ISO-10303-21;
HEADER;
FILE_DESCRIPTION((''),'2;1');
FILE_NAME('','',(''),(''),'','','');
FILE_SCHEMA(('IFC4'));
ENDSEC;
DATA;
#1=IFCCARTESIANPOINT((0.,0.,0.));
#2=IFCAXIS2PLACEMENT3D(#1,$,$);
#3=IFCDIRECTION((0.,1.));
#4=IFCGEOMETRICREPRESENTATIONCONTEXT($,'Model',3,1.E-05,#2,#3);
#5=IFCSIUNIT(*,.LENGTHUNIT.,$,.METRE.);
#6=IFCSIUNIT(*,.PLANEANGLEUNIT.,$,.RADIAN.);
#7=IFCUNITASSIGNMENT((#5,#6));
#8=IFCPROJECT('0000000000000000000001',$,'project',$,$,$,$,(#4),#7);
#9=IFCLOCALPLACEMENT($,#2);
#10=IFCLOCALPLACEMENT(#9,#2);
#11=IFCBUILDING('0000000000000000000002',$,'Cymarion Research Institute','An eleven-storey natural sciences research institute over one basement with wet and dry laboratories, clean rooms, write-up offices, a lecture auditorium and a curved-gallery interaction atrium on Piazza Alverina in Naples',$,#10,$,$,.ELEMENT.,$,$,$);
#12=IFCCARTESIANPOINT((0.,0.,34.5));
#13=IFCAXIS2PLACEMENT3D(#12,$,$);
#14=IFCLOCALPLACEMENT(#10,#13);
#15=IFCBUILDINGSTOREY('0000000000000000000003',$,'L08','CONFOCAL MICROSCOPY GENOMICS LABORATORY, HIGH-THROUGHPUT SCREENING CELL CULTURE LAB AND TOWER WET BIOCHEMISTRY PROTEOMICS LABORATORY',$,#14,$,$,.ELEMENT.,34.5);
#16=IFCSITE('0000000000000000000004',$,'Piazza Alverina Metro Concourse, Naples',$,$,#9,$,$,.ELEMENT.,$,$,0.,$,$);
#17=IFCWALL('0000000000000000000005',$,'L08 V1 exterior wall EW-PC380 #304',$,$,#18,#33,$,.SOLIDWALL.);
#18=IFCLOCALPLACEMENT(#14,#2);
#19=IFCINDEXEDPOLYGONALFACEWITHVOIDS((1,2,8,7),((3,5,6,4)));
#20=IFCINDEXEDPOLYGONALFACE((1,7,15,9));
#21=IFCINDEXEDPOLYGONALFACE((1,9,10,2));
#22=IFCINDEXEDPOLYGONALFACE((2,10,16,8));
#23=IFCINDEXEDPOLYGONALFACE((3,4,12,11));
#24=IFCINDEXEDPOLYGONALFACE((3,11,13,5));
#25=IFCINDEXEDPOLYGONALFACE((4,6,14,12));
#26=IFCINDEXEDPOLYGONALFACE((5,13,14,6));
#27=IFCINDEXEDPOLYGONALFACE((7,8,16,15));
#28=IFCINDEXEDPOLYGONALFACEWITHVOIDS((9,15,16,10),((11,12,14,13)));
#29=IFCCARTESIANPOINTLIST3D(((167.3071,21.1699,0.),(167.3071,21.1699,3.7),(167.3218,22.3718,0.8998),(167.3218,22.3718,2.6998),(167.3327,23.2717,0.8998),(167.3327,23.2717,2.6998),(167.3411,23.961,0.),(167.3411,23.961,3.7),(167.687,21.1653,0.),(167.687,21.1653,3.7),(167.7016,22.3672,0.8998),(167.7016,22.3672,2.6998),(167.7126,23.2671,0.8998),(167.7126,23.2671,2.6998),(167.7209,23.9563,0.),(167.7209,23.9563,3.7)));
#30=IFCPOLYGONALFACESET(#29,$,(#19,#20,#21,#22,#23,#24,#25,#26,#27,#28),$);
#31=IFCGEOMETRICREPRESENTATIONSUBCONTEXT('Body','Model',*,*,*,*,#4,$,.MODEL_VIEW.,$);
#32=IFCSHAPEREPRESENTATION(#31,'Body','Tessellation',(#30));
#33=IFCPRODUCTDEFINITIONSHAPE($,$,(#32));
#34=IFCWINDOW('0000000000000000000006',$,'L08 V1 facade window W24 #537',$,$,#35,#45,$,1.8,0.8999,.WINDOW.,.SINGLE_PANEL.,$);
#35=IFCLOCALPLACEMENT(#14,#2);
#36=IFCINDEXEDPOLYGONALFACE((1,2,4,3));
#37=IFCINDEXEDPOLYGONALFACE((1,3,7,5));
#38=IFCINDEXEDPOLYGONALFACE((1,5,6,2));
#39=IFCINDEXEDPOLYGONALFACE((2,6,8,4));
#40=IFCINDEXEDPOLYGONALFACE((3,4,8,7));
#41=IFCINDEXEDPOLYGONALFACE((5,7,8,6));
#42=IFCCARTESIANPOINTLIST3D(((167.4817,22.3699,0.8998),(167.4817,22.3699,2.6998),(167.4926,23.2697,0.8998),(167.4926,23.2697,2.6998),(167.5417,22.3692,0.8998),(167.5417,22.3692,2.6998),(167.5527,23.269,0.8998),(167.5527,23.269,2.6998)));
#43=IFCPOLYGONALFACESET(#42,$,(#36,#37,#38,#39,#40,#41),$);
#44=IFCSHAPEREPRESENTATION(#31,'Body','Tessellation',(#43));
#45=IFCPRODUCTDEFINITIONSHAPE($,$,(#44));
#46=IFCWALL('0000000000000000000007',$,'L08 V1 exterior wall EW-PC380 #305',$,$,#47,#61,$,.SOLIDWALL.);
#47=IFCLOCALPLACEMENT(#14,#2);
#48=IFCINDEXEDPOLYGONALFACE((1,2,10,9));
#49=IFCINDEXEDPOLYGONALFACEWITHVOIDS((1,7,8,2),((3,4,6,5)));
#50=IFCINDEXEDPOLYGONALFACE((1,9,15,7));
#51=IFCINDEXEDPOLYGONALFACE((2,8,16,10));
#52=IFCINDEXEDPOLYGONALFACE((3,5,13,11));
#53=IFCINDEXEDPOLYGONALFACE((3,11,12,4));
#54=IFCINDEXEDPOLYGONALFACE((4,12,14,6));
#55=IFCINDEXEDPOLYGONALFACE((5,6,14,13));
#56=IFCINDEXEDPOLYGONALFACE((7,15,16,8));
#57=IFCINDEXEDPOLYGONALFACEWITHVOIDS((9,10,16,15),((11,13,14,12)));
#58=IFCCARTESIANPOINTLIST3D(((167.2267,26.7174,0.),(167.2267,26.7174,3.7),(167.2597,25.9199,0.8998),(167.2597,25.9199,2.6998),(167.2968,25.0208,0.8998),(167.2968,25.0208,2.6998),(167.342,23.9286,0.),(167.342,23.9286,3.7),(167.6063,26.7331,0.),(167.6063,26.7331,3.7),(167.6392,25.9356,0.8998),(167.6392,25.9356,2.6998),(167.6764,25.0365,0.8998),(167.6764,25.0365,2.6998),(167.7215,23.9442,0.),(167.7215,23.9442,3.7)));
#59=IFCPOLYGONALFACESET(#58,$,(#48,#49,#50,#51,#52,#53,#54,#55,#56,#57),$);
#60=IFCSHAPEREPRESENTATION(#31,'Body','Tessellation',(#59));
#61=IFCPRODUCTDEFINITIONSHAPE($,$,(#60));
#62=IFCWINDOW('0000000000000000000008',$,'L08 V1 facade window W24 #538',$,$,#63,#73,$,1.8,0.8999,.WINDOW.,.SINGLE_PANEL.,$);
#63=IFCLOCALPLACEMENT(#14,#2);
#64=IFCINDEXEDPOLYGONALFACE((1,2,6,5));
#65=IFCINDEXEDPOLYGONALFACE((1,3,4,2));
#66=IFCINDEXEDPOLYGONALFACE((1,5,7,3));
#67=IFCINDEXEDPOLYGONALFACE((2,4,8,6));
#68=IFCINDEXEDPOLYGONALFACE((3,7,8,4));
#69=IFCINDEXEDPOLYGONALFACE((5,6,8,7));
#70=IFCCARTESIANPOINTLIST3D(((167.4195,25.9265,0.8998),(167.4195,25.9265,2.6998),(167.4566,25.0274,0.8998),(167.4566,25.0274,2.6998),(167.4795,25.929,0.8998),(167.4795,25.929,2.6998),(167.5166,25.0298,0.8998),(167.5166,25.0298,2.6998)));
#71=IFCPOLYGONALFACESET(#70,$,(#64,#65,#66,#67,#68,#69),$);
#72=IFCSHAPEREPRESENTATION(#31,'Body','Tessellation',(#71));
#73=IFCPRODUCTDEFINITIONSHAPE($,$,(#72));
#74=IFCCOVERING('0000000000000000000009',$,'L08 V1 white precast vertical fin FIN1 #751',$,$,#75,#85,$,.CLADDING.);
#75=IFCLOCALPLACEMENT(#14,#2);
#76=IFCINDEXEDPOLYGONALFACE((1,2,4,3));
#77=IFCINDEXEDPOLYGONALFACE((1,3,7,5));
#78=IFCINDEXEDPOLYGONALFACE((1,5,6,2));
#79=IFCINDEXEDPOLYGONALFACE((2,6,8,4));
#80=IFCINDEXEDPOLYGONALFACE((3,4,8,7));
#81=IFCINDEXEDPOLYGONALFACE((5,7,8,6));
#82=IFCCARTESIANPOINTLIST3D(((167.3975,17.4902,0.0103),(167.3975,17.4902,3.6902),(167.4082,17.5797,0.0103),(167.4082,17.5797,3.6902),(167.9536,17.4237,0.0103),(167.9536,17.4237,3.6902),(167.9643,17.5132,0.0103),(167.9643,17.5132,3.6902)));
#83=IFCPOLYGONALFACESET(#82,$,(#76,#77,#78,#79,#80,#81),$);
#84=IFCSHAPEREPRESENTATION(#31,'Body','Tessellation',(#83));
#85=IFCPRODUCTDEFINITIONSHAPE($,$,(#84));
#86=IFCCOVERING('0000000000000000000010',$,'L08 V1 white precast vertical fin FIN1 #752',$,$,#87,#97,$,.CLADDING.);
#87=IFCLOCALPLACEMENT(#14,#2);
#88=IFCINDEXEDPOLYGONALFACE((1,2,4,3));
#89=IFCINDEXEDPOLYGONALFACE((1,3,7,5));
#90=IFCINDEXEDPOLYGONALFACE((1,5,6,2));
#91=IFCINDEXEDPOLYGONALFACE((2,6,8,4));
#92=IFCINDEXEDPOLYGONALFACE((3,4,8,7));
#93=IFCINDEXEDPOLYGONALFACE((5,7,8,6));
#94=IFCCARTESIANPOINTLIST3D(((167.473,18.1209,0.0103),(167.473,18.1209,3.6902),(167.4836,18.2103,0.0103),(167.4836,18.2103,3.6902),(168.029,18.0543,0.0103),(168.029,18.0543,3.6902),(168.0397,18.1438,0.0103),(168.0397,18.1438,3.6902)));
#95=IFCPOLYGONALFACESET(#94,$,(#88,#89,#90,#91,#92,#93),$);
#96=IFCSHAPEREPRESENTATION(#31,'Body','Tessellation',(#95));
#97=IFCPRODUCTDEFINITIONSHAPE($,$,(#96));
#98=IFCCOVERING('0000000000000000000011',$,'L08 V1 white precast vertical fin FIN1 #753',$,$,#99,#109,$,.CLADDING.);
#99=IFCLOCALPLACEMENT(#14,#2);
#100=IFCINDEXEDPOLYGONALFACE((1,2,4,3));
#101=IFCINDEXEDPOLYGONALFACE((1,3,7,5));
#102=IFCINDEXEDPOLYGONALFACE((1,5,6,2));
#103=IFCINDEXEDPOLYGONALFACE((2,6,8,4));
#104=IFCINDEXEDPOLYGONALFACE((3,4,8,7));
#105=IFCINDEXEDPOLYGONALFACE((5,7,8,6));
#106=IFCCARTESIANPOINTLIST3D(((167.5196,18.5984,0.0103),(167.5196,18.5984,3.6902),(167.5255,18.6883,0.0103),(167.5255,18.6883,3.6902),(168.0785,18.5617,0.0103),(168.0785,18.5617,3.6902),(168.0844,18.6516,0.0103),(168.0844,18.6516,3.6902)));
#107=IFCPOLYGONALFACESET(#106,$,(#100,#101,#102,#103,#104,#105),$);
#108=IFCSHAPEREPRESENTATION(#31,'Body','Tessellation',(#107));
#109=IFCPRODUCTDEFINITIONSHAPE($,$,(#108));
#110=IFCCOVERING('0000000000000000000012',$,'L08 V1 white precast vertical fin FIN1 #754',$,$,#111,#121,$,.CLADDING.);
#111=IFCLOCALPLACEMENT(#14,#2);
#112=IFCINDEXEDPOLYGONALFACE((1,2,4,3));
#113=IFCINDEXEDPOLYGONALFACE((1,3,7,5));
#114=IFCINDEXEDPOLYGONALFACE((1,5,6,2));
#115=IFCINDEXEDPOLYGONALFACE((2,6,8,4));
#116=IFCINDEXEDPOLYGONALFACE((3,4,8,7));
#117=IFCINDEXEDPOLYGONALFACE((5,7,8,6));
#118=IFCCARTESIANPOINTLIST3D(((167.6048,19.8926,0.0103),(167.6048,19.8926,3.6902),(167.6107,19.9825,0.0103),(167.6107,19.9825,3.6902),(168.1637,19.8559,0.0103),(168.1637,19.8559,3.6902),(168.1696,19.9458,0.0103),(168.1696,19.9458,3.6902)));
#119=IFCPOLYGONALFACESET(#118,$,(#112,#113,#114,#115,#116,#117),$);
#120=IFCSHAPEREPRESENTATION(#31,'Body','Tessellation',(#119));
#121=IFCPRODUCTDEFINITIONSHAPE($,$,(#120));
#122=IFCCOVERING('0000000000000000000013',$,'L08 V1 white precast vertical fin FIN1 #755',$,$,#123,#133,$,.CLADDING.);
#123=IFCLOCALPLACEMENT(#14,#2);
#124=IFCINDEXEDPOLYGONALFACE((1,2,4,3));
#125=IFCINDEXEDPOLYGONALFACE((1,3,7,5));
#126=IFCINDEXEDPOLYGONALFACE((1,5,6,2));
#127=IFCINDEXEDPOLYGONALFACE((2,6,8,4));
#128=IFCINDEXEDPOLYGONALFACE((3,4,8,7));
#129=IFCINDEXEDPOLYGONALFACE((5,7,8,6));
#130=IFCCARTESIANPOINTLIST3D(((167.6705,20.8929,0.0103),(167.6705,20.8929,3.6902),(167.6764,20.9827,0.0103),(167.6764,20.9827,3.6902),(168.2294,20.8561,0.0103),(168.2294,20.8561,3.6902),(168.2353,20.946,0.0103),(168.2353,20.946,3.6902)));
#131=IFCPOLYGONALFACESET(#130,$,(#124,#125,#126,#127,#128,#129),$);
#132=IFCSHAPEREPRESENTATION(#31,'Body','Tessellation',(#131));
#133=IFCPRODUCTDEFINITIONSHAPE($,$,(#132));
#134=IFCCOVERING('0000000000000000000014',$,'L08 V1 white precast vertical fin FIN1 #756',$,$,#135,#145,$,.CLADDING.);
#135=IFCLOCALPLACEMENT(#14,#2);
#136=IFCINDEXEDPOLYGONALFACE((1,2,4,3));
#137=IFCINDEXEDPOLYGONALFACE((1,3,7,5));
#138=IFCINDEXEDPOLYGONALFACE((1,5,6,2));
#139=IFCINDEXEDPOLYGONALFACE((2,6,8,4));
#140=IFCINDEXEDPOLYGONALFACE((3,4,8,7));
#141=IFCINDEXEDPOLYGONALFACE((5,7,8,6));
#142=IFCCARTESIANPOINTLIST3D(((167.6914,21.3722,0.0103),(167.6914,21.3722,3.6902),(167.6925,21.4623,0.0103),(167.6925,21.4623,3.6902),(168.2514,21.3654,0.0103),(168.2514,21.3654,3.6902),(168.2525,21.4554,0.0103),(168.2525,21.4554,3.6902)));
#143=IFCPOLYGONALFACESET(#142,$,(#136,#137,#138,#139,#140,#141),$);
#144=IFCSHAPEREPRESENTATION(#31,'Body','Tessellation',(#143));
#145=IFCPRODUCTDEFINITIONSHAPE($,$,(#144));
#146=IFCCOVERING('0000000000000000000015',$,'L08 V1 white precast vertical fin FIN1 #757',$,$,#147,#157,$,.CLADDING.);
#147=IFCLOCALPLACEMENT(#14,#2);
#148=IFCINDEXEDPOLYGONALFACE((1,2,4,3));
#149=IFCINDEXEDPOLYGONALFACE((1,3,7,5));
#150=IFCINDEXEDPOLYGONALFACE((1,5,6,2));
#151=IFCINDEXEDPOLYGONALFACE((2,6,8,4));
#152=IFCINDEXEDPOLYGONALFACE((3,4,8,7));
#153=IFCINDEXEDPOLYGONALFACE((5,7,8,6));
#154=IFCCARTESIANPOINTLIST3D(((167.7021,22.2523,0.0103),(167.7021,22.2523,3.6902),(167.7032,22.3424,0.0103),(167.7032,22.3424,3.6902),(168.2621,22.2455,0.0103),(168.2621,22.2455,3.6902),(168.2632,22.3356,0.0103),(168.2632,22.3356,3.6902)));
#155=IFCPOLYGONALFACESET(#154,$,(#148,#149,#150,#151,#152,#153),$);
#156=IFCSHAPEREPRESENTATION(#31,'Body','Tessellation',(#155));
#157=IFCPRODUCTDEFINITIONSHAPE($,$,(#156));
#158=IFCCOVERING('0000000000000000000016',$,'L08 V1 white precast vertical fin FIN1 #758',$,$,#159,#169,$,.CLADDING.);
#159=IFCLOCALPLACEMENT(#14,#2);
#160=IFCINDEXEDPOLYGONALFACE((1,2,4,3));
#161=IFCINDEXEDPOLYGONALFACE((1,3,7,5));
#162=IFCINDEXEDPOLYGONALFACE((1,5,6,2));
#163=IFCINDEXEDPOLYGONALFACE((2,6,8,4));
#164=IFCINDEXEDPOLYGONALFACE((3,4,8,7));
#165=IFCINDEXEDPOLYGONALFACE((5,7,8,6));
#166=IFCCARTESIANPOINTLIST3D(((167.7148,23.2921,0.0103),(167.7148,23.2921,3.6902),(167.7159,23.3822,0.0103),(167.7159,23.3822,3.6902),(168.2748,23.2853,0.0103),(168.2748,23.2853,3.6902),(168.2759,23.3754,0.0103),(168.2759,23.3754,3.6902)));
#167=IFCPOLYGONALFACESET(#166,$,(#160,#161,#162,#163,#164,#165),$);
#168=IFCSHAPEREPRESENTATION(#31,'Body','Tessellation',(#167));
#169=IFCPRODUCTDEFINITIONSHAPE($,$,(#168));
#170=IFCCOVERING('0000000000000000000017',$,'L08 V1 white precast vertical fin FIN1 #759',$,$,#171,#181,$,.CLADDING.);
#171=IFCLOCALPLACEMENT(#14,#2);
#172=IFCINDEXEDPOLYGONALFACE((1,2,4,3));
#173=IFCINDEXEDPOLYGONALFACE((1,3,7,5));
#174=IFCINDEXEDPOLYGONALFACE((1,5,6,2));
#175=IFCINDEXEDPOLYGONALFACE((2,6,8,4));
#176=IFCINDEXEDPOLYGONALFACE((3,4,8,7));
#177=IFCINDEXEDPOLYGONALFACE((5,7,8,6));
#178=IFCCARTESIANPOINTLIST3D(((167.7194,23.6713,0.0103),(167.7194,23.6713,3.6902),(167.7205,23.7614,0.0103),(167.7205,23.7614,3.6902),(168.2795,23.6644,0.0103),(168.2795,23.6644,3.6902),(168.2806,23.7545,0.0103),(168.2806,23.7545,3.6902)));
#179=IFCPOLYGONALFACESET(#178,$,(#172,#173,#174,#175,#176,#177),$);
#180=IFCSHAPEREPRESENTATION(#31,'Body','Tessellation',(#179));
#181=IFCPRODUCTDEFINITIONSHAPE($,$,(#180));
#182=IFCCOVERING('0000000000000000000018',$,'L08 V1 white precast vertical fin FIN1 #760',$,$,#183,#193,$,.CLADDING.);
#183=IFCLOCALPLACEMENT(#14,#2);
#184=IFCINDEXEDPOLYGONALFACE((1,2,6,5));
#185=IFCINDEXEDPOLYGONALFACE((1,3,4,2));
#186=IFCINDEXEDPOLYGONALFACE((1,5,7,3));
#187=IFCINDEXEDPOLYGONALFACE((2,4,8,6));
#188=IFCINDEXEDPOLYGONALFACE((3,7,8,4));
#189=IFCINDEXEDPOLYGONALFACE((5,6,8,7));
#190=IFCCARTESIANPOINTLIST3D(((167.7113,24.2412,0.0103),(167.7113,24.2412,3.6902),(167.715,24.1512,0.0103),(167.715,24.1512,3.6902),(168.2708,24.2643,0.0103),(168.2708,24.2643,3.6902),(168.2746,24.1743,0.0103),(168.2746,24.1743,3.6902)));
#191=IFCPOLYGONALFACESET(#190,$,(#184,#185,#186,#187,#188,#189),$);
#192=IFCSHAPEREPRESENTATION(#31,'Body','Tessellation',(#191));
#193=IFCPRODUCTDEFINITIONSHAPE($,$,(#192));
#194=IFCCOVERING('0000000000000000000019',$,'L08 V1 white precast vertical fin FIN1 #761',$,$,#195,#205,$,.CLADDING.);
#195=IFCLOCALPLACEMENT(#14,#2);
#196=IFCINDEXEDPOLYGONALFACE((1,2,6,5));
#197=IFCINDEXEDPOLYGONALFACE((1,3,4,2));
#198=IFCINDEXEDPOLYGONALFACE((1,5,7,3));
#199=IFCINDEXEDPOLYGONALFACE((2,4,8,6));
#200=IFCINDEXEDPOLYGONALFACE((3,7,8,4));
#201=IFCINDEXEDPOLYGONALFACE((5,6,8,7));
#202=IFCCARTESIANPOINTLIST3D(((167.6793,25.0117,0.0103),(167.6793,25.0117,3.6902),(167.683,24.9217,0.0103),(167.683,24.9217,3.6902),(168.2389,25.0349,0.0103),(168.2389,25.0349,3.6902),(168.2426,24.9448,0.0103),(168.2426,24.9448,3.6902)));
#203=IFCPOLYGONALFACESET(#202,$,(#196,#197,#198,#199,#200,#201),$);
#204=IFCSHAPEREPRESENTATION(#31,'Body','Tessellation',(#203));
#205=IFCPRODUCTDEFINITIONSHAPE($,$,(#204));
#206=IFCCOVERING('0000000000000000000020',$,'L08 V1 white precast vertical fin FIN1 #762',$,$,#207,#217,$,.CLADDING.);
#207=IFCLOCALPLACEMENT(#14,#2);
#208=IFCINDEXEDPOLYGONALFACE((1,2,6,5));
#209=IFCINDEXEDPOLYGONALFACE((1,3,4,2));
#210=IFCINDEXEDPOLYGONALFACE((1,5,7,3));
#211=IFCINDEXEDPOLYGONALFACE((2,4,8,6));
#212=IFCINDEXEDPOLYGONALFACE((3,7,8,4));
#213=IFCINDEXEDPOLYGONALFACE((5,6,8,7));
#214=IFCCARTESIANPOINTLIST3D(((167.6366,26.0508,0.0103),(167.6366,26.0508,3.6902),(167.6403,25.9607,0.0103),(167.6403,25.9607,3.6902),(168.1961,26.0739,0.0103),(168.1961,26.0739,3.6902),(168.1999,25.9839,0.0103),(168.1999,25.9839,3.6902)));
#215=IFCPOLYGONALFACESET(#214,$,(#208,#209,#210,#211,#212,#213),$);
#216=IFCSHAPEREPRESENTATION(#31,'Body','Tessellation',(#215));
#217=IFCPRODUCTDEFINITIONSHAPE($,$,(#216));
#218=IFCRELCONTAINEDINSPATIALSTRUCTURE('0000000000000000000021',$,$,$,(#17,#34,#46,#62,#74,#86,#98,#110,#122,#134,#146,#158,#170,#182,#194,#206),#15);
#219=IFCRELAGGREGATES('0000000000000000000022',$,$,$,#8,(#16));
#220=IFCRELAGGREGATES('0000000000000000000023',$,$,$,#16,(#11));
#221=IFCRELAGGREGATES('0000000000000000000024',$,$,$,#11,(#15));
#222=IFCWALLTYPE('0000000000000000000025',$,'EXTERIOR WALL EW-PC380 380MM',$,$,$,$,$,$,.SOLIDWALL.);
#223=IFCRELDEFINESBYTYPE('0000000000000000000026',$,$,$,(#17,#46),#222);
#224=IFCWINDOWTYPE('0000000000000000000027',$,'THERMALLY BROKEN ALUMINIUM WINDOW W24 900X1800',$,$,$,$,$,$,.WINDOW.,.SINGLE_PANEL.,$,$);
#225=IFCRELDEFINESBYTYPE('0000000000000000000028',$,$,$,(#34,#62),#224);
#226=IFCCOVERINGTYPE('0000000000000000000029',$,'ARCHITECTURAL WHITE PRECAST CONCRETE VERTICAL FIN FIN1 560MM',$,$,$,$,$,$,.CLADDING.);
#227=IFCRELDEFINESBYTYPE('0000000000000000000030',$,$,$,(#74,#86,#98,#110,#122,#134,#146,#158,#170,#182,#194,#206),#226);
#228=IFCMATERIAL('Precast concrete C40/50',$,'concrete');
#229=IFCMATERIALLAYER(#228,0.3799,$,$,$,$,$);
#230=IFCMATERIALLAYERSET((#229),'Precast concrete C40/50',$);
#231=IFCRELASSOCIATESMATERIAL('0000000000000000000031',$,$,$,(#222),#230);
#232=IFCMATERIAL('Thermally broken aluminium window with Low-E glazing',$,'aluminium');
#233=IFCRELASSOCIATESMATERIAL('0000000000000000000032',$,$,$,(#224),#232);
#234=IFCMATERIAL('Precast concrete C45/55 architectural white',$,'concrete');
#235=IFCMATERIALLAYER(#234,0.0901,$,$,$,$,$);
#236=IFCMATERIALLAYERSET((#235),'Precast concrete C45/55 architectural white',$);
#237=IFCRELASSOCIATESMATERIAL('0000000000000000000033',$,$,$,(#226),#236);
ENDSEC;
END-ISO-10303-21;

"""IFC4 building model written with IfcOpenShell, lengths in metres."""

from ifc_helpers import new_model, si_unit, direction, frame, frame_2d, origin, origin_2d, place, context, subcontext, project, spatial, rectangle, extrude, material, layer, layer_set, type_object, element, fill, save


model = new_model("IFC4")

# Units and contexts
model_context = context("Model", 3, precision=1e-05, world=origin(), true_north=direction((0.0, 1.0)))
body_context = subcontext(model_context, "Body", "Model", "MODEL_VIEW")
ifc_project = project(units=[si_unit("LENGTHUNIT", "METRE"), si_unit("PLANEANGLEUNIT", "RADIAN")], contexts=[model_context])

# Site, building, storey
site_placement = place(None, origin())
site = spatial("IfcSite", under=ifc_project, at=site_placement, Name="Piazza Alverina Metro Concourse, Naples", CompositionType="ELEMENT", RefElevation=0.0)
building_placement = place(site_placement, origin())
building = spatial("IfcBuilding", under=site, at=building_placement, Name="Cymarion Research Institute", Description="An eleven-storey natural sciences research institute over one basement with wet and dry laboratories, clean rooms, write-up offices, a lecture auditorium and a curved-gallery interaction atrium on Piazza Alverina in Naples", CompositionType="ELEMENT")
storey_placement = place(building_placement, frame((0.0, 0.0, 34.5)))
storey = spatial("IfcBuildingStorey", under=building, at=storey_placement, Name="L08", Description="CONFOCAL MICROSCOPY GENOMICS LABORATORY, HIGH-THROUGHPUT SCREENING CELL CULTURE LAB AND TOWER WET BIOCHEMISTRY PROTEOMICS LABORATORY", CompositionType="ELEMENT", Elevation=34.5)

# Walls, openings, windows
ifc_material_1 = material(Name="Precast concrete C40/50", Category="concrete")
ifc_layer_1 = layer(ifc_material_1, 0.3799)
ifc_layer_set_1 = layer_set([ifc_layer_1], Name="Precast concrete C40/50")
wall_type = type_object("IfcWallType", Name="EXTERIOR WALL EW-PC380 380MM", PredefinedType="SOLIDWALL", material=ifc_layer_set_1)
ifc_material_2 = material(Name="Thermally broken aluminium window with Low-E glazing", Category="aluminium")
window_type = type_object("IfcWindowType", Name="THERMALLY BROKEN ALUMINIUM WINDOW W24 900X1800", PartitioningType="SINGLE_PANEL", PredefinedType="WINDOW", material=ifc_material_2)
wall_1_placement = place(storey_placement, frame((167.4971, 21.1677, 0.0), z_axis=(0.0, 0.0, 1.0), x_axis=(0.012158, 0.999926, 0.0)))
wall_1 = element("IfcWall", 1, at=wall_1_placement, inside=storey, type_object=wall_type, Name="L08 V1 exterior wall EW-PC380 #304", PredefinedType="SOLIDWALL", context=body_context, shape_type="SweptSolid", body=[
    extrude(rectangle(XDim=2.7913, YDim=0.3799, at=frame_2d((1.3955, 0.0))), origin(), (0.0, 0.0, 1.0), 3.7),
])
opening_1_placement = place(wall_1_placement, frame((1.2019, 0.0, 0.8999)))
opening_1 = element("IfcOpeningElement", 2, at=opening_1_placement, cuts=wall_1, PredefinedType="OPENING", context=body_context, shape_type="SweptSolid", body=[
    extrude(rectangle(XDim=0.8999, YDim=1.8, at=frame_2d((0.45, 0.8999))), frame((0.0, 0.2, 0.0), z_axis=(0.0, -1.0, 0.0), x_axis=(1.0, 0.0, 0.0)), (0.0, 0.0, 1.0), 0.3999),
])
window_1_placement = place(opening_1_placement, origin())
window_1 = element("IfcWindow", 3, at=window_1_placement, inside=storey, type_object=window_type, Name="L08 V1 facade window W24 #537", OverallHeight=1.8, OverallWidth=0.8999, PartitioningType="SINGLE_PANEL", PredefinedType="WINDOW", context=body_context, shape_type="SweptSolid", body=[
    extrude(rectangle(XDim=0.8999, YDim=1.8, at=frame_2d((0.45, 0.8999))), frame((0.0, 0.03, 0.0), z_axis=(0.0, -1.0, 0.0), x_axis=(1.0, 0.0, 0.0)), (0.0, 0.0, 1.0), 0.0601),
])
fill(opening_1, window_1)
wall_2_placement = place(storey_placement, frame((167.5317, 23.9365, 0.0), z_axis=(0.0, 0.0, 1.0), x_axis=(-0.041285, 0.999147, 0.0)))
wall_2 = element("IfcWall", 4, at=wall_2_placement, inside=storey, type_object=wall_type, Name="L08 V1 exterior wall EW-PC380 #305", PredefinedType="SOLIDWALL", context=body_context, shape_type="SweptSolid", body=[
    extrude(rectangle(XDim=2.7913, YDim=0.3799, at=frame_2d((1.3955, 0.0))), origin(), (0.0, 0.0, 1.0), 3.7),
])
opening_2_placement = place(wall_2_placement, frame((1.093, 0.0, 0.8999)))
opening_2 = element("IfcOpeningElement", 5, at=opening_2_placement, cuts=wall_2, PredefinedType="OPENING", context=body_context, shape_type="SweptSolid", body=[
    extrude(rectangle(XDim=0.8999, YDim=1.8, at=frame_2d((0.45, 0.8999))), frame((0.0, 0.2, 0.0), z_axis=(0.0, -1.0, 0.0), x_axis=(1.0, 0.0, 0.0)), (0.0, 0.0, 1.0), 0.3999),
])
window_2_placement = place(opening_2_placement, origin())
window_2 = element("IfcWindow", 6, at=window_2_placement, inside=storey, type_object=window_type, Name="L08 V1 facade window W24 #538", OverallHeight=1.8, OverallWidth=0.8999, PartitioningType="SINGLE_PANEL", PredefinedType="WINDOW", context=body_context, shape_type="SweptSolid", body=[
    extrude(rectangle(XDim=0.8999, YDim=1.8, at=frame_2d((0.45, 0.8999))), frame((0.0, 0.03, 0.0), z_axis=(0.0, -1.0, 0.0), x_axis=(1.0, 0.0, 0.0)), (0.0, 0.0, 1.0), 0.0601),
])
fill(opening_2, window_2)

# Coverings
ifc_material_3 = material(Name="Precast concrete C45/55 architectural white", Category="concrete")
ifc_layer_2 = layer(ifc_material_3, 0.0901)
ifc_layer_set_2 = layer_set([ifc_layer_2], Name="Precast concrete C45/55 architectural white")
covering_type = type_object("IfcCoveringType", Name="ARCHITECTURAL WHITE PRECAST CONCRETE VERTICAL FIN FIN1 560MM", PredefinedType="CLADDING", material=ifc_layer_set_2)
for number, where, z_axis, x_axis, name in (
    (7, (167.6809, 17.5017, 0.0103), (0.0, 0.0, 1.0), (0.992924, -0.118751, 0.0), "L08 V1 white precast vertical fin FIN1 #751"),
    (8, (167.7563, 18.1323, 0.0103), (0.0, 0.0, 1.0), (0.992924, -0.118751, 0.0), "L08 V1 white precast vertical fin FIN1 #752"),
    (9, (167.802, 18.625, 0.0103), (0.0, 0.0, 1.0), (0.997847, -0.065577, 0.0), "L08 V1 white precast vertical fin FIN1 #753"),
    (10, (167.8872, 19.9192, 0.0103), (0.0, 0.0, 1.0), (0.997847, -0.065577, 0.0), "L08 V1 white precast vertical fin FIN1 #754"),
    (11, (167.9529, 20.9194, 0.0103), (0.0, 0.0, 1.0), (0.997847, -0.065577, 0.0), "L08 V1 white precast vertical fin FIN1 #755"),
    (12, (167.9719, 21.4138, 0.0103), (0.0, 0.0, 1.0), (0.999925, -0.012217, 0.0), "L08 V1 white precast vertical fin FIN1 #756"),
    (13, (167.9827, 22.2939, 0.0103), (0.0, 0.0, 1.0), (0.999925, -0.012217, 0.0), "L08 V1 white precast vertical fin FIN1 #757"),
    (14, (167.9954, 23.3337, 0.0103), (0.0, 0.0, 1.0), (0.999925, -0.012217, 0.0), "L08 V1 white precast vertical fin FIN1 #758"),
    (15, (168.0, 23.7129, 0.0103), (0.0, 0.0, 1.0), (0.999925, -0.012217, 0.0), "L08 V1 white precast vertical fin FIN1 #759"),
    (16, (167.9929, 24.2078, 0.0103), (0.0, 0.0, 1.0), (0.999145, 0.041353, 0.0), "L08 V1 white precast vertical fin FIN1 #760"),
    (17, (167.9609, 24.9783, 0.0103), (0.0, 0.0, 1.0), (0.999145, 0.041353, 0.0), "L08 V1 white precast vertical fin FIN1 #761"),
    (18, (167.9182, 26.0173, 0.0103), (0.0, 0.0, 1.0), (0.999145, 0.041353, 0.0), "L08 V1 white precast vertical fin FIN1 #762"),
):
    element("IfcCovering", number, at=place(storey_placement, frame(where, z_axis=z_axis, x_axis=x_axis)), inside=storey, type_object=covering_type, Name=name, PredefinedType="CLADDING", context=body_context, shape_type="SweptSolid", body=[
        extrude(rectangle(XDim=0.5601, YDim=0.0901, at=origin_2d()), origin(), (0.0, 0.0, 1.0), 3.6799),
    ])

save(model, "model.ifc")
